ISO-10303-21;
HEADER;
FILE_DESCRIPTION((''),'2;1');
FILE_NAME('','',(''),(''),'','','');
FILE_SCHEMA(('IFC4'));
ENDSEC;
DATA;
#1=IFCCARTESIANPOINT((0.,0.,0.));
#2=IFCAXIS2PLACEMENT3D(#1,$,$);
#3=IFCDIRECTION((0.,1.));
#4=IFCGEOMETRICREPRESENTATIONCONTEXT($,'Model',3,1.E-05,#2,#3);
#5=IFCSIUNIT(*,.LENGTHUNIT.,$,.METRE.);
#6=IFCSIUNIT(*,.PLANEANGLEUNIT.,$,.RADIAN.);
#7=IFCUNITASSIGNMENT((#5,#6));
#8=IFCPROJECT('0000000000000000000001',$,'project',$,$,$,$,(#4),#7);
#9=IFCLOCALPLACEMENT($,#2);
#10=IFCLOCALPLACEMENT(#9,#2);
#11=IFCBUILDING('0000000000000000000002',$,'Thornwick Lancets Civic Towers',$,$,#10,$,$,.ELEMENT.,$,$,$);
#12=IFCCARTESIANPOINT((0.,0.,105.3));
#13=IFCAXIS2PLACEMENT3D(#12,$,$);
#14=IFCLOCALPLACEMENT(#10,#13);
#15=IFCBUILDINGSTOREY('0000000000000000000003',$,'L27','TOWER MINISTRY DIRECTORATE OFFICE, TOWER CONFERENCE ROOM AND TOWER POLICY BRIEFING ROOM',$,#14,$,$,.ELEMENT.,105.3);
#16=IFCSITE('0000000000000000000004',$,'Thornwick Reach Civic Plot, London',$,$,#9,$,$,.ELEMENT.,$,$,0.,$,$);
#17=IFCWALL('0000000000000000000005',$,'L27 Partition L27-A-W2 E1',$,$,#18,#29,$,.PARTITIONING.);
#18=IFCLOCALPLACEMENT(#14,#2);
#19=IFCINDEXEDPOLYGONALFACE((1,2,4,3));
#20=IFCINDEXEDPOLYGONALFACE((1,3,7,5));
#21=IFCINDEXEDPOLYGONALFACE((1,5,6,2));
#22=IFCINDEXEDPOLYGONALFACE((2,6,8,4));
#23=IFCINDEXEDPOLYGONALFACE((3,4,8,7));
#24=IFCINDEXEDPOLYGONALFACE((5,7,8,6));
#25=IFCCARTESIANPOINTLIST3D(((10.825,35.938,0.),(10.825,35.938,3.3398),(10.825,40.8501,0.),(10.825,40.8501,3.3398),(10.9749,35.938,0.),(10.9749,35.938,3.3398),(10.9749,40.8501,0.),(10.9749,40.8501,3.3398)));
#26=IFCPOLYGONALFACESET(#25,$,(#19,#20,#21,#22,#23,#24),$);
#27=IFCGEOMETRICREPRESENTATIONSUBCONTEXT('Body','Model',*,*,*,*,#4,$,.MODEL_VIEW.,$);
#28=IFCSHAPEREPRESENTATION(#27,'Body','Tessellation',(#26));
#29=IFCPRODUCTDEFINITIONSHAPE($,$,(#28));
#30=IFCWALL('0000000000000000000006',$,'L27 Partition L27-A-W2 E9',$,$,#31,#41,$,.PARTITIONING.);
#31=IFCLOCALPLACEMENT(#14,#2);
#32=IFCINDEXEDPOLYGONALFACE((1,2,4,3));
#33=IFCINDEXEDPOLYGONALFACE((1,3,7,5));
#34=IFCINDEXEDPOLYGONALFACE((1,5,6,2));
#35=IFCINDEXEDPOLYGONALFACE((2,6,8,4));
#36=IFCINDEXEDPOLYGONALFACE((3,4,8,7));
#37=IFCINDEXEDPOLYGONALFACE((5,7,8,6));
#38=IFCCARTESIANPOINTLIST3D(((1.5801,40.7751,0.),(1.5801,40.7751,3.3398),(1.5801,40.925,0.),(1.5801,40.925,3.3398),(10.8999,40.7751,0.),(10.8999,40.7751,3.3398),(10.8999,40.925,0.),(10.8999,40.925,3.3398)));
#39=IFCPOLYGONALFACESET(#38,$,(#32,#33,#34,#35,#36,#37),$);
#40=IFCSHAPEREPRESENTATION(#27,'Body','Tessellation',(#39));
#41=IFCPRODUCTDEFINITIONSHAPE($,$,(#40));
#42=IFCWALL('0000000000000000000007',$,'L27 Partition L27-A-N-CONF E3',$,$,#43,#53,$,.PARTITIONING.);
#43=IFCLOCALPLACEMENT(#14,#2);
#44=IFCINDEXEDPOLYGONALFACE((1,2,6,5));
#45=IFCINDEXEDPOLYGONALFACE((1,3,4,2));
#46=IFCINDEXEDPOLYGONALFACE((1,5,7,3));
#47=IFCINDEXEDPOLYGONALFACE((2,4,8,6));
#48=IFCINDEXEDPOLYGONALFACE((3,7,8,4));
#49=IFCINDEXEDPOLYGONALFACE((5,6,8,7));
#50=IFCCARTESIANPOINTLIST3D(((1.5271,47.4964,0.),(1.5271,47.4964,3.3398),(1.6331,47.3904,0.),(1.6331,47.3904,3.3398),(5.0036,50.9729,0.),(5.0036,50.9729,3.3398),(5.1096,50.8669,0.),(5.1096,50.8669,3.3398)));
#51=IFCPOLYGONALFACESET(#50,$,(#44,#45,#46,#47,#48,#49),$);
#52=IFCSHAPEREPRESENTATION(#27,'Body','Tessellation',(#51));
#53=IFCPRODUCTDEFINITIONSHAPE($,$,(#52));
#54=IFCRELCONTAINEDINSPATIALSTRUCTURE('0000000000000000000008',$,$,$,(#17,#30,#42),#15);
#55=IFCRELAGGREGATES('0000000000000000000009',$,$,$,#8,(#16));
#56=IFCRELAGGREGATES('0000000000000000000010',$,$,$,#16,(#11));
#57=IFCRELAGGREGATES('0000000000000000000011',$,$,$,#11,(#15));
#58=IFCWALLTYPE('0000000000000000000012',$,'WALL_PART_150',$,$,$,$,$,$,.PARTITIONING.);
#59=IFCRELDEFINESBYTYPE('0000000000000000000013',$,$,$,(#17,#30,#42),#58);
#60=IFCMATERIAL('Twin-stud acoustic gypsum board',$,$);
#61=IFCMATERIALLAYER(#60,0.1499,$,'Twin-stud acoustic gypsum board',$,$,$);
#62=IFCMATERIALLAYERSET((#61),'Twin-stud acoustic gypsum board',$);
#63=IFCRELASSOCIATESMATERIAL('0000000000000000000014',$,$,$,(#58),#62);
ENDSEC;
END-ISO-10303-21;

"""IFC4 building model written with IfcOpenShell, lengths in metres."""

from ifc_helpers import new_model, si_unit, direction, frame, frame_2d, origin, place, context, subcontext, project, spatial, rectangle, extrude, material, layer, layer_set, type_object, element, save


model = new_model("IFC4")

# Units and contexts
model_context = context("Model", 3, precision=1e-05, world=origin(), true_north=direction((0.0, 1.0)))
body_context = subcontext(model_context, "Body", "Model", "MODEL_VIEW")
ifc_project = project(units=[si_unit("LENGTHUNIT", "METRE"), si_unit("PLANEANGLEUNIT", "RADIAN")], contexts=[model_context])

# Site, building, storey
site_placement = place(None, origin())
site = spatial("IfcSite", under=ifc_project, at=site_placement, Name="Thornwick Reach Civic Plot, London", CompositionType="ELEMENT", RefElevation=0.0)
building_placement = place(site_placement, origin())
building = spatial("IfcBuilding", under=site, at=building_placement, Name="Thornwick Lancets Civic Towers", CompositionType="ELEMENT")
storey_placement = place(building_placement, frame((0.0, 0.0, 105.3)))
storey = spatial("IfcBuildingStorey", under=building, at=storey_placement, Name="L27", Description="TOWER MINISTRY DIRECTORATE OFFICE, TOWER CONFERENCE ROOM AND TOWER POLICY BRIEFING ROOM", CompositionType="ELEMENT", Elevation=105.3)

# Walls
ifc_material_1 = material(Name="Twin-stud acoustic gypsum board")
ifc_layer_1 = layer(ifc_material_1, 0.1499, Name="Twin-stud acoustic gypsum board")
ifc_layer_set_1 = layer_set([ifc_layer_1], Name="Twin-stud acoustic gypsum board")
wall_type_1 = type_object("IfcWallType", Name="WALL_PART_150", PredefinedType="PARTITIONING", material=ifc_layer_set_1)
wall_1_placement = place(storey_placement, frame((10.8999, 40.8501, 0.0), z_axis=(0.0, 0.0, 1.0), x_axis=(0.0, -1.0, 0.0)))
element("IfcWall", 1, at=wall_1_placement, inside=storey, type_object=wall_type_1, Name="L27 Partition L27-A-W2 E1", PredefinedType="PARTITIONING", context=body_context, shape_type="SweptSolid", body=[
    extrude(rectangle(XDim=4.9121, YDim=0.1499, at=frame_2d((2.4561, 0.0))), origin(), (0.0, 0.0, 1.0), 3.3398),
])
wall_2_placement = place(storey_placement, frame((1.5801, 40.8501, 0.0), z_axis=(0.0, 0.0, 1.0), x_axis=(1.0, 0.0, 0.0)))
element("IfcWall", 2, at=wall_2_placement, inside=storey, type_object=wall_type_1, Name="L27 Partition L27-A-W2 E9", PredefinedType="PARTITIONING", context=body_context, shape_type="SweptSolid", body=[
    extrude(rectangle(XDim=9.3198, YDim=0.1499, at=frame_2d((4.6599, 0.0))), origin(), (0.0, 0.0, 1.0), 3.3398),
])
wall_3_placement = place(storey_placement, frame((1.5801, 47.4434, 0.0), z_axis=(0.0, 0.0, 1.0), x_axis=(0.707107, 0.707107, 0.0)))
element("IfcWall", 3, at=wall_3_placement, inside=storey, type_object=wall_type_1, Name="L27 Partition L27-A-N-CONF E3", PredefinedType="PARTITIONING", context=body_context, shape_type="SweptSolid", body=[
    extrude(rectangle(XDim=4.9165, YDim=0.1499, at=frame_2d((2.4583, 0.0))), origin(), (0.0, 0.0, 1.0), 3.3398),
])

save(model, "model.ifc")
